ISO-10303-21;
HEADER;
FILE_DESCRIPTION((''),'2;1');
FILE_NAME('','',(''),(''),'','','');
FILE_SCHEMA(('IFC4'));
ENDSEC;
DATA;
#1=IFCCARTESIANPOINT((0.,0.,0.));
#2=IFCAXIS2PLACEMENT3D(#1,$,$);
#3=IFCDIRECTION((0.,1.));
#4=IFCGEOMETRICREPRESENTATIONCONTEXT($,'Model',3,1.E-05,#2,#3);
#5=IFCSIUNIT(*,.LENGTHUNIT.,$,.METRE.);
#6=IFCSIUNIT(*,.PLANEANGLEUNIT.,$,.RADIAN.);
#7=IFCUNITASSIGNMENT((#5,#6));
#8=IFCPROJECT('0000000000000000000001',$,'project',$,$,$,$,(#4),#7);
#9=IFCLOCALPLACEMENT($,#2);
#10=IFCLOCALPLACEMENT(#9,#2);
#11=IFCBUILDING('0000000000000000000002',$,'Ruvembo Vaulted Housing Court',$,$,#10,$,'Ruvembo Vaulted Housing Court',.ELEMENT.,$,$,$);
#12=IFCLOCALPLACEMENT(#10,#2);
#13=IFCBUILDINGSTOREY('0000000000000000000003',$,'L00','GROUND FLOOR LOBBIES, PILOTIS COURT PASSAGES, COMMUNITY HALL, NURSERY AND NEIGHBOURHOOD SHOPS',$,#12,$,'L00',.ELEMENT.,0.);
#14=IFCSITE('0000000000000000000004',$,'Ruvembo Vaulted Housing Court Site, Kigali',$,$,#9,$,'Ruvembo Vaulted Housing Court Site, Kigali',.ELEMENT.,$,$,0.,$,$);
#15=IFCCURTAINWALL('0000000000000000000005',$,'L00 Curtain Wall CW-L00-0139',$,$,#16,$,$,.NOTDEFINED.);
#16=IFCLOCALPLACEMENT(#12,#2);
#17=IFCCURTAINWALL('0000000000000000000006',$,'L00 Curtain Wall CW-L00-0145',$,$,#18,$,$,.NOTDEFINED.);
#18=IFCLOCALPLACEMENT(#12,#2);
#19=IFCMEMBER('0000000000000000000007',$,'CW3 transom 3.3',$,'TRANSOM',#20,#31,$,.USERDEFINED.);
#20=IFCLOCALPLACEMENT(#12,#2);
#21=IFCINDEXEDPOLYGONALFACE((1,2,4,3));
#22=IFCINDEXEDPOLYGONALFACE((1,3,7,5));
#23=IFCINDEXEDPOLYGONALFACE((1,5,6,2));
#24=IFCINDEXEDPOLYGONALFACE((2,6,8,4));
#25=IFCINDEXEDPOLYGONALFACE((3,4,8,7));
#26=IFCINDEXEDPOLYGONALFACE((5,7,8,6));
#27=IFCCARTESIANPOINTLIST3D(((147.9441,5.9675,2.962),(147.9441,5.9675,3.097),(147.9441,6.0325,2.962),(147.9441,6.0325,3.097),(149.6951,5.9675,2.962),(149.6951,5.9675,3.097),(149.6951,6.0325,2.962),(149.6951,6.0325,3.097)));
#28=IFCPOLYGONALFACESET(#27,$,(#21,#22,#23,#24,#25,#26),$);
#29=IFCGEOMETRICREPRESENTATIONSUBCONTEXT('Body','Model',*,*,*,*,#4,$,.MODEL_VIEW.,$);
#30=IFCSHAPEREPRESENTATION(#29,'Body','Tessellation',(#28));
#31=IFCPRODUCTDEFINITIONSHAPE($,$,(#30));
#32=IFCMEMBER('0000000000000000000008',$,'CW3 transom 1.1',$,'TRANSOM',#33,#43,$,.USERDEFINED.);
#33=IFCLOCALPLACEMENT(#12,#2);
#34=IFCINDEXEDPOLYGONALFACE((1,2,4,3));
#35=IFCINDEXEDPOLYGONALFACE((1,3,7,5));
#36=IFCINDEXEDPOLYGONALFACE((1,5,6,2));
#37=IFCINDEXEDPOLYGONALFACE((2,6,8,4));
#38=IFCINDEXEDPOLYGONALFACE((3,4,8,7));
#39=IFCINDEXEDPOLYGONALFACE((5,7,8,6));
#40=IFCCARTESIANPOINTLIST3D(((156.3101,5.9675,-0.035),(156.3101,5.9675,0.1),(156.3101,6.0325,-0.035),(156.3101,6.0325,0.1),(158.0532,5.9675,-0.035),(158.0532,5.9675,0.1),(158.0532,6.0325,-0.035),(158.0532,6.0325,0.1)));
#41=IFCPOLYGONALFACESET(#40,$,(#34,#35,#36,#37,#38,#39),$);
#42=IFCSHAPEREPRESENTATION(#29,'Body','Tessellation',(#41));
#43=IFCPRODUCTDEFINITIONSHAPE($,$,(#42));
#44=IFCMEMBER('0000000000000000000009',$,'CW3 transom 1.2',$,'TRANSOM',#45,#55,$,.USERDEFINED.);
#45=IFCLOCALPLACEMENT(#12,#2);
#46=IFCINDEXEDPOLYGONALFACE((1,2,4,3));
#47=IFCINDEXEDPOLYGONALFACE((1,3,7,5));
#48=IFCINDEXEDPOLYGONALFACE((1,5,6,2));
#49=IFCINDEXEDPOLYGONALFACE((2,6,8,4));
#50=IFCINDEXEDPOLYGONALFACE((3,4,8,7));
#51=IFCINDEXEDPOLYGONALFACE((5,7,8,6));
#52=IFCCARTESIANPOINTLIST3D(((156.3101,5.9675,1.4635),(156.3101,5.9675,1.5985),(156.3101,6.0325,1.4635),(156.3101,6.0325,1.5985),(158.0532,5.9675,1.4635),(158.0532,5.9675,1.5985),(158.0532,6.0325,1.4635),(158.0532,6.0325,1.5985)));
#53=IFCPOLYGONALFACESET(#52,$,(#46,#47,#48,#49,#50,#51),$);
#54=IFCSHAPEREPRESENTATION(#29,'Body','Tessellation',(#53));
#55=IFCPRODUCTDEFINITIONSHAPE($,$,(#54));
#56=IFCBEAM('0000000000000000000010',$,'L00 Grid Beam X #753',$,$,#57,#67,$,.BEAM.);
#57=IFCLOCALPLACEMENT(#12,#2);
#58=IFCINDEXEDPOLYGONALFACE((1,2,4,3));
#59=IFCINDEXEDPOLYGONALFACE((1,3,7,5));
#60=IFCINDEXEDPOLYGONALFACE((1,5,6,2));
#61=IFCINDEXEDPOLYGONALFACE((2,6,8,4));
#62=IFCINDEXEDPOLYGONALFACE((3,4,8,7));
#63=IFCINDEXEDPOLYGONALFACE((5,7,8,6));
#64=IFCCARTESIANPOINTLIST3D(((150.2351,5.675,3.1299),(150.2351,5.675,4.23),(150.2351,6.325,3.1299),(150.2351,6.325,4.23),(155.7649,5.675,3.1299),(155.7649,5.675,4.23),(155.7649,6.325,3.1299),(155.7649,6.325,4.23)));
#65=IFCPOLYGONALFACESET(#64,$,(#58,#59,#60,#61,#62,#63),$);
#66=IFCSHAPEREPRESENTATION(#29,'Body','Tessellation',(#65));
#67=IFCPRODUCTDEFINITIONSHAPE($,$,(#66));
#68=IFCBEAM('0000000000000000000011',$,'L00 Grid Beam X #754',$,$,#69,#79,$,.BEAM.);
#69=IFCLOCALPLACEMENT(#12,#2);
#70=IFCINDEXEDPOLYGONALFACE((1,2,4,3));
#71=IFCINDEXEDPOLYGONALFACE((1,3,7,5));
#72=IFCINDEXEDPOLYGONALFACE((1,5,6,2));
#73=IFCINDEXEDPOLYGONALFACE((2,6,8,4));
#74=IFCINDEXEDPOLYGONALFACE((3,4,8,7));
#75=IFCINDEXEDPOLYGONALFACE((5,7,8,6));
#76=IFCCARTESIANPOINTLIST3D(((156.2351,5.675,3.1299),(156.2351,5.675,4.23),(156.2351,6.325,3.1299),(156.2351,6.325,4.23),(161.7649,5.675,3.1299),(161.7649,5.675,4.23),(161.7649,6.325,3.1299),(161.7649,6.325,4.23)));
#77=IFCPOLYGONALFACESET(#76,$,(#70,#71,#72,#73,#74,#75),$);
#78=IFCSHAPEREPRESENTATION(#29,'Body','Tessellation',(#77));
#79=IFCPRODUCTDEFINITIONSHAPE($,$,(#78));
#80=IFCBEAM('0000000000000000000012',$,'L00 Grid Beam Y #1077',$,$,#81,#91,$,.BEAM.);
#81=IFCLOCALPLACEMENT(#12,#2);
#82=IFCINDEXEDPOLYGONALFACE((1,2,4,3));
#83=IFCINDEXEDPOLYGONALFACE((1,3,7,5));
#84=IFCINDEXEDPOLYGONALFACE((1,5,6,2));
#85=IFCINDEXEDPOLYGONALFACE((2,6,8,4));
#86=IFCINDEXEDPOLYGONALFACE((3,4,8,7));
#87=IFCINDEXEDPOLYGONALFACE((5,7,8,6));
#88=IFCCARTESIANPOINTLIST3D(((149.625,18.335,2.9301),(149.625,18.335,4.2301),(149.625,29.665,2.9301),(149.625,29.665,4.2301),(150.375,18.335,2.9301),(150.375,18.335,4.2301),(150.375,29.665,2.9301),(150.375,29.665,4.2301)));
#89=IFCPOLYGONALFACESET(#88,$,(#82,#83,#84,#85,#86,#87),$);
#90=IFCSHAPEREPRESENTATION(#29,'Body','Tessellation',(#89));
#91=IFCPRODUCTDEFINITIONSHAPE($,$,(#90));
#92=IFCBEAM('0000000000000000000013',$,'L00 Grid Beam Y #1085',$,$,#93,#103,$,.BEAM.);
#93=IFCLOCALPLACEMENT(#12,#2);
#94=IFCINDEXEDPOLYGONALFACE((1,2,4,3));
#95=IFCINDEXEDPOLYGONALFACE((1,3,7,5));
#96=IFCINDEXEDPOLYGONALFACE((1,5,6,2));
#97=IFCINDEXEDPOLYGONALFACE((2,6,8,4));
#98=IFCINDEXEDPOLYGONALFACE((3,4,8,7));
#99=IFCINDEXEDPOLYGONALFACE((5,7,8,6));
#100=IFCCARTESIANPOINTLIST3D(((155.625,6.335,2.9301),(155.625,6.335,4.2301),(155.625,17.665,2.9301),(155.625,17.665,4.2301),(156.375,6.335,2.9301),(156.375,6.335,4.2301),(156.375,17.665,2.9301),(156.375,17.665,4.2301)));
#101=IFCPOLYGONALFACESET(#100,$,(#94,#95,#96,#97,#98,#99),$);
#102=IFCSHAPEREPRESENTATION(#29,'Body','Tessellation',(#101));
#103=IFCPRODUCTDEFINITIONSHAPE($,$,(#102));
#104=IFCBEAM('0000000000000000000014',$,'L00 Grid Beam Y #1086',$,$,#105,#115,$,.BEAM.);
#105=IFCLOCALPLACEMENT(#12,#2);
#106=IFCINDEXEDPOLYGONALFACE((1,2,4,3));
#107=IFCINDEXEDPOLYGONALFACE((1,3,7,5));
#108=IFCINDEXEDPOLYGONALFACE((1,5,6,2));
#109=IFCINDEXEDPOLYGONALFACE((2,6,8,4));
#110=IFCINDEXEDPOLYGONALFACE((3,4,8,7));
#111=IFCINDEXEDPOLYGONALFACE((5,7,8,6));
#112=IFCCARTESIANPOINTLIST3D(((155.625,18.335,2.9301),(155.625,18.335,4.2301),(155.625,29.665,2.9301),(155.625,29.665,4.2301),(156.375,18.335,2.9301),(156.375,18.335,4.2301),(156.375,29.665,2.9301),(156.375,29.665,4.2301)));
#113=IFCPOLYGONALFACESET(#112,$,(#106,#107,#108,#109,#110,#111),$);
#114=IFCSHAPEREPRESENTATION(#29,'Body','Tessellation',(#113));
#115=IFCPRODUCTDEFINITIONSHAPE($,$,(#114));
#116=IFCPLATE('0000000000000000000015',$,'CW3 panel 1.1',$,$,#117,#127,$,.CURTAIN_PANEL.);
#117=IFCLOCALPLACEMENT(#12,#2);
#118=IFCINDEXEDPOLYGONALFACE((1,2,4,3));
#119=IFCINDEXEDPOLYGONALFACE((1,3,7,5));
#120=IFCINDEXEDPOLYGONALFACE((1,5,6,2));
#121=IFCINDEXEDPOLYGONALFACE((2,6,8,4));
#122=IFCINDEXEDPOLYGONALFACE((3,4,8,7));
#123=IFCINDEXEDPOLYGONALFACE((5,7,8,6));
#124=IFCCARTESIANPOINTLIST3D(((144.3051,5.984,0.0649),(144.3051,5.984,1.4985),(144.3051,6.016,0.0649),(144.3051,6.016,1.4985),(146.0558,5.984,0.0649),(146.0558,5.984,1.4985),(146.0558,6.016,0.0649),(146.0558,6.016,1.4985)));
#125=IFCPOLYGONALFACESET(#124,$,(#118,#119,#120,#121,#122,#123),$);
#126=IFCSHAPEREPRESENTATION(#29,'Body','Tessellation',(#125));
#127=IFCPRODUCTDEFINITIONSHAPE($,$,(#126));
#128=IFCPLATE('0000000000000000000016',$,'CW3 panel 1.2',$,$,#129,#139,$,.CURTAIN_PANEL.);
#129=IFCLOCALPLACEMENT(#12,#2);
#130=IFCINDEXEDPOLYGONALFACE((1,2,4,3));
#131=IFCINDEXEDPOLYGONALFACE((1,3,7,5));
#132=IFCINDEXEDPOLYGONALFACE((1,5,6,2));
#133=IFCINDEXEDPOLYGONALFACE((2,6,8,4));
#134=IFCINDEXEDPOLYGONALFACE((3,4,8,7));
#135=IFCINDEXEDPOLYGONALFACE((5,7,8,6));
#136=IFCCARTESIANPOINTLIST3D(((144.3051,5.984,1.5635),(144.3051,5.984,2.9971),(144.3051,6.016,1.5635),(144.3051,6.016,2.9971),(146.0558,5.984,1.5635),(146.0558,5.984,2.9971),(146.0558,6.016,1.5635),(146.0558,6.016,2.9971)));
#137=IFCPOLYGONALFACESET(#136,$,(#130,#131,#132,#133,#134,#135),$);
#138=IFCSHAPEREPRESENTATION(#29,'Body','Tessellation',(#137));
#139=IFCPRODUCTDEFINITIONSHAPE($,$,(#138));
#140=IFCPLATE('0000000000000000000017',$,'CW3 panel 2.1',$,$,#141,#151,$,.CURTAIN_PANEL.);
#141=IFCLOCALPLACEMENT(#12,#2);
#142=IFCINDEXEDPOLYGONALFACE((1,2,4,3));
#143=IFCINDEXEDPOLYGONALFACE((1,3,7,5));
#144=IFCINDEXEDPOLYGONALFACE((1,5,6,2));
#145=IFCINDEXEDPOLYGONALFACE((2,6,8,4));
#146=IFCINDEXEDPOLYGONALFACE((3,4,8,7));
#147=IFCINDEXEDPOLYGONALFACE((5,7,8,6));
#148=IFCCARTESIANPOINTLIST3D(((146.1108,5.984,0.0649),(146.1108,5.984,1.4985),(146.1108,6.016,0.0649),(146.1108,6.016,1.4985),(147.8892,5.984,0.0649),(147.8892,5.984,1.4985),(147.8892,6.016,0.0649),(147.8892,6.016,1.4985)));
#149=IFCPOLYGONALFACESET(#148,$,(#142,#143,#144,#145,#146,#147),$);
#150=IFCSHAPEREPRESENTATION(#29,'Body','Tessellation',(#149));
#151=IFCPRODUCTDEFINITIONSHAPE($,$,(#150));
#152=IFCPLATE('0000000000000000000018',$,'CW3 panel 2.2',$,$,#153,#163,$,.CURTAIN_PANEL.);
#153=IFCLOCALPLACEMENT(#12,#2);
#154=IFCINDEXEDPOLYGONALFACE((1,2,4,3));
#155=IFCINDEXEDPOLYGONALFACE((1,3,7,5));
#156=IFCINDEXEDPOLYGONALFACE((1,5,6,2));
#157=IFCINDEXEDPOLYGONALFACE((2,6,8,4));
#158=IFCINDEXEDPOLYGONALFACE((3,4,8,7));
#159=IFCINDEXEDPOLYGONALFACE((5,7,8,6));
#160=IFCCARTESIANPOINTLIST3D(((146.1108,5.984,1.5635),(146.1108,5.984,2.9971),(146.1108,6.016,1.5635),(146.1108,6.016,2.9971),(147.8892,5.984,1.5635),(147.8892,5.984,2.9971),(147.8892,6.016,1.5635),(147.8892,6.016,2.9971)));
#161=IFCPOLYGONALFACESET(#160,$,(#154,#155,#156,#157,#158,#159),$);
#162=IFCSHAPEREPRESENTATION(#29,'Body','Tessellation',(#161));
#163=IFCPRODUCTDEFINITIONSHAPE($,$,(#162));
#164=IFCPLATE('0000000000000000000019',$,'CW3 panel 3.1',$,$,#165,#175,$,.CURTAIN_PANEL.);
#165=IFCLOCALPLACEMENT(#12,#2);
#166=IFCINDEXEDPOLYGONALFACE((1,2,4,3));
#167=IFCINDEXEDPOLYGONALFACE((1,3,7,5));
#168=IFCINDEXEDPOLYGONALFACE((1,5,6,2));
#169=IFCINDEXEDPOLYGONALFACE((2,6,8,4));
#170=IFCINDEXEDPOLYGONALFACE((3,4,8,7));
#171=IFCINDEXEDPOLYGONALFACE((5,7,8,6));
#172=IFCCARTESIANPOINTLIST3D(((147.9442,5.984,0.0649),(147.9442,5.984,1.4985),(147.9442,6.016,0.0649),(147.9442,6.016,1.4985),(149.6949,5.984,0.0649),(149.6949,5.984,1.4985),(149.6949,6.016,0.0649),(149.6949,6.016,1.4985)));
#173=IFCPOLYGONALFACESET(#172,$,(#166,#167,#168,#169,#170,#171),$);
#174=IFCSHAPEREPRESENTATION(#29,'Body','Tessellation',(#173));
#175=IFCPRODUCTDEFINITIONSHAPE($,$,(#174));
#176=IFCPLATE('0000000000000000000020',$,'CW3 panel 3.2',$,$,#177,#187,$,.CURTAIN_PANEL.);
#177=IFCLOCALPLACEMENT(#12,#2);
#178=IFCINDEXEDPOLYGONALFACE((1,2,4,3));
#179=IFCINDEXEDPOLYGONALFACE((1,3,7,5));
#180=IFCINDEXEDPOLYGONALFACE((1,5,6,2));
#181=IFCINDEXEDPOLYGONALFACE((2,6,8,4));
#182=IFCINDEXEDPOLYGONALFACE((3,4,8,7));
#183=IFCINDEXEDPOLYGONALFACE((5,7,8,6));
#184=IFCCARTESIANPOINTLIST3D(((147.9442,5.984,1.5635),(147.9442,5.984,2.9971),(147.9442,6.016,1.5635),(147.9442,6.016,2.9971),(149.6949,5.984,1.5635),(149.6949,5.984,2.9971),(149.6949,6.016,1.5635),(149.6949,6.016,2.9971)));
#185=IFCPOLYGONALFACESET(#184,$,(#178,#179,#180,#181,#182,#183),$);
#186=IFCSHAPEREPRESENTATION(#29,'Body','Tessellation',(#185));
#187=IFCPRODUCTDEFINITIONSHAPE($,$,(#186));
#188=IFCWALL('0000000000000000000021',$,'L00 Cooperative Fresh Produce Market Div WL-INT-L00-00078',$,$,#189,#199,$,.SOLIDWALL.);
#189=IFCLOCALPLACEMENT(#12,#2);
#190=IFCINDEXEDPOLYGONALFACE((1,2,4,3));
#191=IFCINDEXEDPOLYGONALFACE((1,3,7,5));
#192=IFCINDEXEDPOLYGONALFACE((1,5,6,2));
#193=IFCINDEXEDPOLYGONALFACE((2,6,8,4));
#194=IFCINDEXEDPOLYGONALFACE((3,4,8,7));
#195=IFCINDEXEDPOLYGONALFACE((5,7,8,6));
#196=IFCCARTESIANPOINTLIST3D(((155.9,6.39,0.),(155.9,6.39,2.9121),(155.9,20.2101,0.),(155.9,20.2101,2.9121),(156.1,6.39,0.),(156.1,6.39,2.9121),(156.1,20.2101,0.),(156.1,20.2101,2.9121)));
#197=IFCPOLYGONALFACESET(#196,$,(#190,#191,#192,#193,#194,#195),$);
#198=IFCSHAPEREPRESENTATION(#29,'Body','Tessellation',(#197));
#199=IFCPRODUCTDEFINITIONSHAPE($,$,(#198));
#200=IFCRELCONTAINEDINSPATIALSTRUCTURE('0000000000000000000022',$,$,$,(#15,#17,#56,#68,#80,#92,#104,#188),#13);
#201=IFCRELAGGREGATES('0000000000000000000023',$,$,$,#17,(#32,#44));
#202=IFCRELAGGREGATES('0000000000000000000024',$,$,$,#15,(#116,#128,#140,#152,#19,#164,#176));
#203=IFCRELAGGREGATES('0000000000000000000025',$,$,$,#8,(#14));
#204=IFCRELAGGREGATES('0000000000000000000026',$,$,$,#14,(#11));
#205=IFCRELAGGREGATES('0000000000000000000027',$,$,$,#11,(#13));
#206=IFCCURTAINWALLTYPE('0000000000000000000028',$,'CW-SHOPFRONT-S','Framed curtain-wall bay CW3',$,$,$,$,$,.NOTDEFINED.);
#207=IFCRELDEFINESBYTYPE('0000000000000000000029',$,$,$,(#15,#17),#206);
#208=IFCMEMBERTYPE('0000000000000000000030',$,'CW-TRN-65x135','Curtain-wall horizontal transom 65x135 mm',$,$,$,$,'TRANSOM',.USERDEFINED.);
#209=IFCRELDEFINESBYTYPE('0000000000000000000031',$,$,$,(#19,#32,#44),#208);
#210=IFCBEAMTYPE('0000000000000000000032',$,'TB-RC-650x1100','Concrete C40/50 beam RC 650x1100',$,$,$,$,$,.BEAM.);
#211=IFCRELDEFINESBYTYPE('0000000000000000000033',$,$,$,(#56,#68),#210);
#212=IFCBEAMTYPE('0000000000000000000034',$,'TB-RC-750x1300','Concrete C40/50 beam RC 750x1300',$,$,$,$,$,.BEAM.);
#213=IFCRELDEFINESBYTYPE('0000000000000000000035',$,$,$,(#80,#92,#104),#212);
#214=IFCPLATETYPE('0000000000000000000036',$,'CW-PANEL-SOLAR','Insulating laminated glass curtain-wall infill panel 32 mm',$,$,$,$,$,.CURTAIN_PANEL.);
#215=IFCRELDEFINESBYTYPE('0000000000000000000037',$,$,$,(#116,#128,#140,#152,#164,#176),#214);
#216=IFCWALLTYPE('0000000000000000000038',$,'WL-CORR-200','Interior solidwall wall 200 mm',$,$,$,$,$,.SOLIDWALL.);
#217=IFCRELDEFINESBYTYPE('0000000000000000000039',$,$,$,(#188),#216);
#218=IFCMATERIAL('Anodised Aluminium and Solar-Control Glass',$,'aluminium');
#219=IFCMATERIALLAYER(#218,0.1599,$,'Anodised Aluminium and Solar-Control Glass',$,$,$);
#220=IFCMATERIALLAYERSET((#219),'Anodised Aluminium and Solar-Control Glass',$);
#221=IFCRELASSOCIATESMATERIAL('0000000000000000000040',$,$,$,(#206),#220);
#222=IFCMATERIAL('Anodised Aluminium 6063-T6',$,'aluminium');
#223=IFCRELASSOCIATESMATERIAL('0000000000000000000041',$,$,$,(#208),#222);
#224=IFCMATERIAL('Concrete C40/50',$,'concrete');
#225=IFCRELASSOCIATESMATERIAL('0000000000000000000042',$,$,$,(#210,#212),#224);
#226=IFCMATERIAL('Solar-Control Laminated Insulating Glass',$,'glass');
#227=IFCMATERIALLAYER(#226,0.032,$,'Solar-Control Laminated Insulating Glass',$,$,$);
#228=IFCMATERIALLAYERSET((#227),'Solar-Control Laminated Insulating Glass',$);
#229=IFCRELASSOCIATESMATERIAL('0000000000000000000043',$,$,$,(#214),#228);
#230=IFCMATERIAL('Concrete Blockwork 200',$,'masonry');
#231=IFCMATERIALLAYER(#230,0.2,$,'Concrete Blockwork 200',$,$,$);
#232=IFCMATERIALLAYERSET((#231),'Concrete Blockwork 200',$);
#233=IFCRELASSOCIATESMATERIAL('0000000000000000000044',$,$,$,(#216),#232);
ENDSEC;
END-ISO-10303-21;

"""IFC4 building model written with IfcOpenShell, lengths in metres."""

from ifc_helpers import new_model, si_unit, direction, frame, frame_2d, origin, origin_2d, place, context, subcontext, project, spatial, rectangle, extrude, material, layer, layer_set, material_profile, profile_set, type_object, element, aggregate, save


model = new_model("IFC4")

# Units and contexts
model_context = context("Model", 3, precision=1e-05, world=origin(), true_north=direction((0.0, 1.0)))
body_context = subcontext(model_context, "Body", "Model", "MODEL_VIEW")
ifc_project = project(units=[si_unit("LENGTHUNIT", "METRE"), si_unit("PLANEANGLEUNIT", "RADIAN")], contexts=[model_context])

# Site, building, storey
site_placement = place(None, origin())
site = spatial("IfcSite", under=ifc_project, at=site_placement, Name="Ruvembo Vaulted Housing Court Site, Kigali", LongName="Ruvembo Vaulted Housing Court Site, Kigali", CompositionType="ELEMENT", RefElevation=0.0)
building_placement = place(site_placement, origin())
building = spatial("IfcBuilding", under=site, at=building_placement, Name="Ruvembo Vaulted Housing Court", LongName="Ruvembo Vaulted Housing Court", CompositionType="ELEMENT")
storey_placement = place(building_placement, origin())
storey = spatial("IfcBuildingStorey", under=building, at=storey_placement, Name="L00", Description="GROUND FLOOR LOBBIES, PILOTIS COURT PASSAGES, COMMUNITY HALL, NURSERY AND NEIGHBOURHOOD SHOPS", LongName="L00", CompositionType="ELEMENT", Elevation=0.0)

# Curtain wall
ifc_material_1 = material(Name="Anodised Aluminium and Solar-Control Glass", Category="aluminium")
ifc_layer_1 = layer(ifc_material_1, 0.1599, Name="Anodised Aluminium and Solar-Control Glass")
ifc_layer_set_1 = layer_set([ifc_layer_1], Name="Anodised Aluminium and Solar-Control Glass")
curtain_wall_type = type_object("IfcCurtainWallType", Name="CW-SHOPFRONT-S", Description="Framed curtain-wall bay CW3", PredefinedType="NOTDEFINED", material=ifc_layer_set_1)
curtain_wall_1_placement = place(storey_placement, origin())
curtain_wall_1 = element("IfcCurtainWall", 1, at=curtain_wall_1_placement, inside=storey, type_object=curtain_wall_type, Name="L00 Curtain Wall CW-L00-0139", PredefinedType="NOTDEFINED")
ifc_material_2 = material(Name="Anodised Aluminium 6063-T6", Category="aluminium")

# Curtain wall
curtain_wall_2_placement = place(storey_placement, origin())
curtain_wall_2 = element("IfcCurtainWall", 2, at=curtain_wall_2_placement, inside=storey, type_object=curtain_wall_type, Name="L00 Curtain Wall CW-L00-0145", PredefinedType="NOTDEFINED")

# Members
ifc_material_profile_1 = material_profile(ifc_material_2, rectangle(XDim=0.0649, YDim=0.135, at=origin_2d()), Name="ALU 65x135")
ifc_profile_set_1 = profile_set([ifc_material_profile_1], Name="Anodised Aluminium 6063-T6")
member_type_1 = type_object("IfcMemberType", Name="CW-TRN-65x135", Description="Curtain-wall horizontal transom 65x135 mm", ElementType="TRANSOM", PredefinedType="USERDEFINED", material=ifc_profile_set_1)
member_1_placement = place(storey_placement, frame((147.9441, 6.0, 3.0295), z_axis=(1.0, 0.0, 0.0), x_axis=(0.0, 1.0, 0.0)))
member_1 = element("IfcMember", 3, at=member_1_placement, type_object=member_type_1, Name="CW3 transom 3.3", ObjectType="TRANSOM", PredefinedType="USERDEFINED", context=body_context, shape_type="SweptSolid", body=[
    extrude(rectangle(XDim=0.0649, YDim=0.135, at=origin_2d()), origin(), (0.0, 0.0, 1.0), 1.751),
])
member_2_placement = place(storey_placement, frame((156.3101, 6.0, 0.0325), z_axis=(1.0, 0.0, 0.0), x_axis=(0.0, 1.0, 0.0)))
member_2 = element("IfcMember", 4, at=member_2_placement, type_object=member_type_1, Name="CW3 transom 1.1", ObjectType="TRANSOM", PredefinedType="USERDEFINED", context=body_context, shape_type="SweptSolid", body=[
    extrude(rectangle(XDim=0.0649, YDim=0.135, at=origin_2d()), origin(), (0.0, 0.0, 1.0), 1.7432),
])
member_3_placement = place(storey_placement, frame((156.3101, 6.0, 1.531), z_axis=(1.0, 0.0, 0.0), x_axis=(0.0, 1.0, 0.0)))
member_3 = element("IfcMember", 5, at=member_3_placement, type_object=member_type_1, Name="CW3 transom 1.2", ObjectType="TRANSOM", PredefinedType="USERDEFINED", context=body_context, shape_type="SweptSolid", body=[
    extrude(rectangle(XDim=0.0649, YDim=0.135, at=origin_2d()), origin(), (0.0, 0.0, 1.0), 1.7432),
])
aggregate(curtain_wall_2, [member_2, member_3])

# Beams
ifc_material_3 = material(Name="Concrete C40/50", Category="concrete")
ifc_material_profile_2 = material_profile(ifc_material_3, rectangle(XDim=0.6499, YDim=1.1001, at=origin_2d()), Name="RC 650x1100")
ifc_profile_set_2 = profile_set([ifc_material_profile_2], Name="Concrete C40/50")
beam_type_1 = type_object("IfcBeamType", Name="TB-RC-650x1100", Description="Concrete C40/50 beam RC 650x1100", PredefinedType="BEAM", material=ifc_profile_set_2)
for number, where, z_axis, x_axis, name in (
    (6, (150.2351, 6.0, 3.6799), (1.0, 0.0, 0.0), (0.0, 1.0, 0.0), "L00 Grid Beam X #753"),
    (7, (156.2351, 6.0, 3.6799), (1.0, 0.0, 0.0), (0.0, 1.0, 0.0), "L00 Grid Beam X #754"),
):
    element("IfcBeam", number, at=place(storey_placement, frame(where, z_axis=z_axis, x_axis=x_axis)), inside=storey, type_object=beam_type_1, Name=name, PredefinedType="BEAM", context=body_context, shape_type="SweptSolid", body=[
        extrude(rectangle(XDim=0.6499, YDim=1.1001, at=origin_2d()), origin(), (0.0, 0.0, 1.0), 5.5298),
    ])
ifc_material_profile_3 = material_profile(ifc_material_3, rectangle(XDim=0.75, YDim=1.3, at=origin_2d()), Name="RC 750x1300")
ifc_profile_set_3 = profile_set([ifc_material_profile_3], Name="Concrete C40/50")
beam_type_2 = type_object("IfcBeamType", Name="TB-RC-750x1300", Description="Concrete C40/50 beam RC 750x1300", PredefinedType="BEAM", material=ifc_profile_set_3)
for number, where, z_axis, x_axis, name in (
    (8, (150.0, 18.335, 3.5801), (0.0, 1.0, 0.0), (-1.0, 0.0, 0.0), "L00 Grid Beam Y #1077"),
    (9, (156.0, 6.335, 3.5801), (0.0, 1.0, 0.0), (-1.0, 0.0, 0.0), "L00 Grid Beam Y #1085"),
    (10, (156.0, 18.335, 3.5801), (0.0, 1.0, 0.0), (-1.0, 0.0, 0.0), "L00 Grid Beam Y #1086"),
):
    element("IfcBeam", number, at=place(storey_placement, frame(where, z_axis=z_axis, x_axis=x_axis)), inside=storey, type_object=beam_type_2, Name=name, PredefinedType="BEAM", context=body_context, shape_type="SweptSolid", body=[
        extrude(rectangle(XDim=0.75, YDim=1.3, at=origin_2d()), origin(), (0.0, 0.0, 1.0), 11.3301),
    ])

# Plates
ifc_material_4 = material(Name="Solar-Control Laminated Insulating Glass", Category="glass")
ifc_layer_2 = layer(ifc_material_4, 0.032, Name="Solar-Control Laminated Insulating Glass")
ifc_layer_set_2 = layer_set([ifc_layer_2], Name="Solar-Control Laminated Insulating Glass")
plate_type = type_object("IfcPlateType", Name="CW-PANEL-SOLAR", Description="Insulating laminated glass curtain-wall infill panel 32 mm", PredefinedType="CURTAIN_PANEL", material=ifc_layer_set_2)
plate_1_placement = place(storey_placement, frame((145.1804, 6.0, 0.0649), z_axis=(0.0, 0.0, 1.0), x_axis=(1.0, 0.0, 0.0)))
plate_1 = element("IfcPlate", 11, at=plate_1_placement, type_object=plate_type, Name="CW3 panel 1.1", PredefinedType="CURTAIN_PANEL", context=body_context, shape_type="SweptSolid", body=[
    extrude(rectangle(XDim=1.7507, YDim=0.032, at=origin_2d()), origin(), (0.0, 0.0, 1.0), 1.4336),
])
plate_2_placement = place(storey_placement, frame((145.1804, 6.0, 1.5635), z_axis=(0.0, 0.0, 1.0), x_axis=(1.0, 0.0, 0.0)))
plate_2 = element("IfcPlate", 12, at=plate_2_placement, type_object=plate_type, Name="CW3 panel 1.2", PredefinedType="CURTAIN_PANEL", context=body_context, shape_type="SweptSolid", body=[
    extrude(rectangle(XDim=1.7507, YDim=0.032, at=origin_2d()), origin(), (0.0, 0.0, 1.0), 1.4336),
])
plate_3_placement = place(storey_placement, frame((147.0, 6.0, 0.0649), z_axis=(0.0, 0.0, 1.0), x_axis=(1.0, 0.0, 0.0)))
plate_3 = element("IfcPlate", 13, at=plate_3_placement, type_object=plate_type, Name="CW3 panel 2.1", PredefinedType="CURTAIN_PANEL", context=body_context, shape_type="SweptSolid", body=[
    extrude(rectangle(XDim=1.7783, YDim=0.032, at=origin_2d()), origin(), (0.0, 0.0, 1.0), 1.4336),
])
plate_4_placement = place(storey_placement, frame((147.0, 6.0, 1.5635), z_axis=(0.0, 0.0, 1.0), x_axis=(1.0, 0.0, 0.0)))
plate_4 = element("IfcPlate", 14, at=plate_4_placement, type_object=plate_type, Name="CW3 panel 2.2", PredefinedType="CURTAIN_PANEL", context=body_context, shape_type="SweptSolid", body=[
    extrude(rectangle(XDim=1.7783, YDim=0.032, at=origin_2d()), origin(), (0.0, 0.0, 1.0), 1.4336),
])
plate_5_placement = place(storey_placement, frame((148.8196, 6.0, 0.0649), z_axis=(0.0, 0.0, 1.0), x_axis=(1.0, 0.0, 0.0)))
plate_5 = element("IfcPlate", 15, at=plate_5_placement, type_object=plate_type, Name="CW3 panel 3.1", PredefinedType="CURTAIN_PANEL", context=body_context, shape_type="SweptSolid", body=[
    extrude(rectangle(XDim=1.7507, YDim=0.032, at=origin_2d()), origin(), (0.0, 0.0, 1.0), 1.4336),
])
plate_6_placement = place(storey_placement, frame((148.8196, 6.0, 1.5635), z_axis=(0.0, 0.0, 1.0), x_axis=(1.0, 0.0, 0.0)))
plate_6 = element("IfcPlate", 16, at=plate_6_placement, type_object=plate_type, Name="CW3 panel 3.2", PredefinedType="CURTAIN_PANEL", context=body_context, shape_type="SweptSolid", body=[
    extrude(rectangle(XDim=1.7507, YDim=0.032, at=origin_2d()), origin(), (0.0, 0.0, 1.0), 1.4336),
])
aggregate(curtain_wall_1, [plate_1, plate_2, plate_3, plate_4, member_1, plate_5, plate_6])

# Wall
ifc_material_5 = material(Name="Concrete Blockwork 200", Category="masonry")
ifc_layer_3 = layer(ifc_material_5, 0.2, Name="Concrete Blockwork 200")
ifc_layer_set_3 = layer_set([ifc_layer_3], Name="Concrete Blockwork 200")
wall_type_1 = type_object("IfcWallType", Name="WL-CORR-200", Description="Interior solidwall wall 200 mm", PredefinedType="SOLIDWALL", material=ifc_layer_set_3)
wall_1_placement = place(storey_placement, frame((156.0, 6.3899, 0.0), z_axis=(0.0, 0.0, 1.0), x_axis=(0.0, 1.0, 0.0)))
element("IfcWall", 17, at=wall_1_placement, inside=storey, type_object=wall_type_1, Name="L00 Cooperative Fresh Produce Market Div WL-INT-L00-00078", PredefinedType="SOLIDWALL", context=body_context, shape_type="SweptSolid", body=[
    extrude(rectangle(XDim=13.8201, YDim=0.2, at=frame_2d((6.9102, 0.0))), origin(), (0.0, 0.0, 1.0), 2.9121),
])

save(model, "model.ifc")
